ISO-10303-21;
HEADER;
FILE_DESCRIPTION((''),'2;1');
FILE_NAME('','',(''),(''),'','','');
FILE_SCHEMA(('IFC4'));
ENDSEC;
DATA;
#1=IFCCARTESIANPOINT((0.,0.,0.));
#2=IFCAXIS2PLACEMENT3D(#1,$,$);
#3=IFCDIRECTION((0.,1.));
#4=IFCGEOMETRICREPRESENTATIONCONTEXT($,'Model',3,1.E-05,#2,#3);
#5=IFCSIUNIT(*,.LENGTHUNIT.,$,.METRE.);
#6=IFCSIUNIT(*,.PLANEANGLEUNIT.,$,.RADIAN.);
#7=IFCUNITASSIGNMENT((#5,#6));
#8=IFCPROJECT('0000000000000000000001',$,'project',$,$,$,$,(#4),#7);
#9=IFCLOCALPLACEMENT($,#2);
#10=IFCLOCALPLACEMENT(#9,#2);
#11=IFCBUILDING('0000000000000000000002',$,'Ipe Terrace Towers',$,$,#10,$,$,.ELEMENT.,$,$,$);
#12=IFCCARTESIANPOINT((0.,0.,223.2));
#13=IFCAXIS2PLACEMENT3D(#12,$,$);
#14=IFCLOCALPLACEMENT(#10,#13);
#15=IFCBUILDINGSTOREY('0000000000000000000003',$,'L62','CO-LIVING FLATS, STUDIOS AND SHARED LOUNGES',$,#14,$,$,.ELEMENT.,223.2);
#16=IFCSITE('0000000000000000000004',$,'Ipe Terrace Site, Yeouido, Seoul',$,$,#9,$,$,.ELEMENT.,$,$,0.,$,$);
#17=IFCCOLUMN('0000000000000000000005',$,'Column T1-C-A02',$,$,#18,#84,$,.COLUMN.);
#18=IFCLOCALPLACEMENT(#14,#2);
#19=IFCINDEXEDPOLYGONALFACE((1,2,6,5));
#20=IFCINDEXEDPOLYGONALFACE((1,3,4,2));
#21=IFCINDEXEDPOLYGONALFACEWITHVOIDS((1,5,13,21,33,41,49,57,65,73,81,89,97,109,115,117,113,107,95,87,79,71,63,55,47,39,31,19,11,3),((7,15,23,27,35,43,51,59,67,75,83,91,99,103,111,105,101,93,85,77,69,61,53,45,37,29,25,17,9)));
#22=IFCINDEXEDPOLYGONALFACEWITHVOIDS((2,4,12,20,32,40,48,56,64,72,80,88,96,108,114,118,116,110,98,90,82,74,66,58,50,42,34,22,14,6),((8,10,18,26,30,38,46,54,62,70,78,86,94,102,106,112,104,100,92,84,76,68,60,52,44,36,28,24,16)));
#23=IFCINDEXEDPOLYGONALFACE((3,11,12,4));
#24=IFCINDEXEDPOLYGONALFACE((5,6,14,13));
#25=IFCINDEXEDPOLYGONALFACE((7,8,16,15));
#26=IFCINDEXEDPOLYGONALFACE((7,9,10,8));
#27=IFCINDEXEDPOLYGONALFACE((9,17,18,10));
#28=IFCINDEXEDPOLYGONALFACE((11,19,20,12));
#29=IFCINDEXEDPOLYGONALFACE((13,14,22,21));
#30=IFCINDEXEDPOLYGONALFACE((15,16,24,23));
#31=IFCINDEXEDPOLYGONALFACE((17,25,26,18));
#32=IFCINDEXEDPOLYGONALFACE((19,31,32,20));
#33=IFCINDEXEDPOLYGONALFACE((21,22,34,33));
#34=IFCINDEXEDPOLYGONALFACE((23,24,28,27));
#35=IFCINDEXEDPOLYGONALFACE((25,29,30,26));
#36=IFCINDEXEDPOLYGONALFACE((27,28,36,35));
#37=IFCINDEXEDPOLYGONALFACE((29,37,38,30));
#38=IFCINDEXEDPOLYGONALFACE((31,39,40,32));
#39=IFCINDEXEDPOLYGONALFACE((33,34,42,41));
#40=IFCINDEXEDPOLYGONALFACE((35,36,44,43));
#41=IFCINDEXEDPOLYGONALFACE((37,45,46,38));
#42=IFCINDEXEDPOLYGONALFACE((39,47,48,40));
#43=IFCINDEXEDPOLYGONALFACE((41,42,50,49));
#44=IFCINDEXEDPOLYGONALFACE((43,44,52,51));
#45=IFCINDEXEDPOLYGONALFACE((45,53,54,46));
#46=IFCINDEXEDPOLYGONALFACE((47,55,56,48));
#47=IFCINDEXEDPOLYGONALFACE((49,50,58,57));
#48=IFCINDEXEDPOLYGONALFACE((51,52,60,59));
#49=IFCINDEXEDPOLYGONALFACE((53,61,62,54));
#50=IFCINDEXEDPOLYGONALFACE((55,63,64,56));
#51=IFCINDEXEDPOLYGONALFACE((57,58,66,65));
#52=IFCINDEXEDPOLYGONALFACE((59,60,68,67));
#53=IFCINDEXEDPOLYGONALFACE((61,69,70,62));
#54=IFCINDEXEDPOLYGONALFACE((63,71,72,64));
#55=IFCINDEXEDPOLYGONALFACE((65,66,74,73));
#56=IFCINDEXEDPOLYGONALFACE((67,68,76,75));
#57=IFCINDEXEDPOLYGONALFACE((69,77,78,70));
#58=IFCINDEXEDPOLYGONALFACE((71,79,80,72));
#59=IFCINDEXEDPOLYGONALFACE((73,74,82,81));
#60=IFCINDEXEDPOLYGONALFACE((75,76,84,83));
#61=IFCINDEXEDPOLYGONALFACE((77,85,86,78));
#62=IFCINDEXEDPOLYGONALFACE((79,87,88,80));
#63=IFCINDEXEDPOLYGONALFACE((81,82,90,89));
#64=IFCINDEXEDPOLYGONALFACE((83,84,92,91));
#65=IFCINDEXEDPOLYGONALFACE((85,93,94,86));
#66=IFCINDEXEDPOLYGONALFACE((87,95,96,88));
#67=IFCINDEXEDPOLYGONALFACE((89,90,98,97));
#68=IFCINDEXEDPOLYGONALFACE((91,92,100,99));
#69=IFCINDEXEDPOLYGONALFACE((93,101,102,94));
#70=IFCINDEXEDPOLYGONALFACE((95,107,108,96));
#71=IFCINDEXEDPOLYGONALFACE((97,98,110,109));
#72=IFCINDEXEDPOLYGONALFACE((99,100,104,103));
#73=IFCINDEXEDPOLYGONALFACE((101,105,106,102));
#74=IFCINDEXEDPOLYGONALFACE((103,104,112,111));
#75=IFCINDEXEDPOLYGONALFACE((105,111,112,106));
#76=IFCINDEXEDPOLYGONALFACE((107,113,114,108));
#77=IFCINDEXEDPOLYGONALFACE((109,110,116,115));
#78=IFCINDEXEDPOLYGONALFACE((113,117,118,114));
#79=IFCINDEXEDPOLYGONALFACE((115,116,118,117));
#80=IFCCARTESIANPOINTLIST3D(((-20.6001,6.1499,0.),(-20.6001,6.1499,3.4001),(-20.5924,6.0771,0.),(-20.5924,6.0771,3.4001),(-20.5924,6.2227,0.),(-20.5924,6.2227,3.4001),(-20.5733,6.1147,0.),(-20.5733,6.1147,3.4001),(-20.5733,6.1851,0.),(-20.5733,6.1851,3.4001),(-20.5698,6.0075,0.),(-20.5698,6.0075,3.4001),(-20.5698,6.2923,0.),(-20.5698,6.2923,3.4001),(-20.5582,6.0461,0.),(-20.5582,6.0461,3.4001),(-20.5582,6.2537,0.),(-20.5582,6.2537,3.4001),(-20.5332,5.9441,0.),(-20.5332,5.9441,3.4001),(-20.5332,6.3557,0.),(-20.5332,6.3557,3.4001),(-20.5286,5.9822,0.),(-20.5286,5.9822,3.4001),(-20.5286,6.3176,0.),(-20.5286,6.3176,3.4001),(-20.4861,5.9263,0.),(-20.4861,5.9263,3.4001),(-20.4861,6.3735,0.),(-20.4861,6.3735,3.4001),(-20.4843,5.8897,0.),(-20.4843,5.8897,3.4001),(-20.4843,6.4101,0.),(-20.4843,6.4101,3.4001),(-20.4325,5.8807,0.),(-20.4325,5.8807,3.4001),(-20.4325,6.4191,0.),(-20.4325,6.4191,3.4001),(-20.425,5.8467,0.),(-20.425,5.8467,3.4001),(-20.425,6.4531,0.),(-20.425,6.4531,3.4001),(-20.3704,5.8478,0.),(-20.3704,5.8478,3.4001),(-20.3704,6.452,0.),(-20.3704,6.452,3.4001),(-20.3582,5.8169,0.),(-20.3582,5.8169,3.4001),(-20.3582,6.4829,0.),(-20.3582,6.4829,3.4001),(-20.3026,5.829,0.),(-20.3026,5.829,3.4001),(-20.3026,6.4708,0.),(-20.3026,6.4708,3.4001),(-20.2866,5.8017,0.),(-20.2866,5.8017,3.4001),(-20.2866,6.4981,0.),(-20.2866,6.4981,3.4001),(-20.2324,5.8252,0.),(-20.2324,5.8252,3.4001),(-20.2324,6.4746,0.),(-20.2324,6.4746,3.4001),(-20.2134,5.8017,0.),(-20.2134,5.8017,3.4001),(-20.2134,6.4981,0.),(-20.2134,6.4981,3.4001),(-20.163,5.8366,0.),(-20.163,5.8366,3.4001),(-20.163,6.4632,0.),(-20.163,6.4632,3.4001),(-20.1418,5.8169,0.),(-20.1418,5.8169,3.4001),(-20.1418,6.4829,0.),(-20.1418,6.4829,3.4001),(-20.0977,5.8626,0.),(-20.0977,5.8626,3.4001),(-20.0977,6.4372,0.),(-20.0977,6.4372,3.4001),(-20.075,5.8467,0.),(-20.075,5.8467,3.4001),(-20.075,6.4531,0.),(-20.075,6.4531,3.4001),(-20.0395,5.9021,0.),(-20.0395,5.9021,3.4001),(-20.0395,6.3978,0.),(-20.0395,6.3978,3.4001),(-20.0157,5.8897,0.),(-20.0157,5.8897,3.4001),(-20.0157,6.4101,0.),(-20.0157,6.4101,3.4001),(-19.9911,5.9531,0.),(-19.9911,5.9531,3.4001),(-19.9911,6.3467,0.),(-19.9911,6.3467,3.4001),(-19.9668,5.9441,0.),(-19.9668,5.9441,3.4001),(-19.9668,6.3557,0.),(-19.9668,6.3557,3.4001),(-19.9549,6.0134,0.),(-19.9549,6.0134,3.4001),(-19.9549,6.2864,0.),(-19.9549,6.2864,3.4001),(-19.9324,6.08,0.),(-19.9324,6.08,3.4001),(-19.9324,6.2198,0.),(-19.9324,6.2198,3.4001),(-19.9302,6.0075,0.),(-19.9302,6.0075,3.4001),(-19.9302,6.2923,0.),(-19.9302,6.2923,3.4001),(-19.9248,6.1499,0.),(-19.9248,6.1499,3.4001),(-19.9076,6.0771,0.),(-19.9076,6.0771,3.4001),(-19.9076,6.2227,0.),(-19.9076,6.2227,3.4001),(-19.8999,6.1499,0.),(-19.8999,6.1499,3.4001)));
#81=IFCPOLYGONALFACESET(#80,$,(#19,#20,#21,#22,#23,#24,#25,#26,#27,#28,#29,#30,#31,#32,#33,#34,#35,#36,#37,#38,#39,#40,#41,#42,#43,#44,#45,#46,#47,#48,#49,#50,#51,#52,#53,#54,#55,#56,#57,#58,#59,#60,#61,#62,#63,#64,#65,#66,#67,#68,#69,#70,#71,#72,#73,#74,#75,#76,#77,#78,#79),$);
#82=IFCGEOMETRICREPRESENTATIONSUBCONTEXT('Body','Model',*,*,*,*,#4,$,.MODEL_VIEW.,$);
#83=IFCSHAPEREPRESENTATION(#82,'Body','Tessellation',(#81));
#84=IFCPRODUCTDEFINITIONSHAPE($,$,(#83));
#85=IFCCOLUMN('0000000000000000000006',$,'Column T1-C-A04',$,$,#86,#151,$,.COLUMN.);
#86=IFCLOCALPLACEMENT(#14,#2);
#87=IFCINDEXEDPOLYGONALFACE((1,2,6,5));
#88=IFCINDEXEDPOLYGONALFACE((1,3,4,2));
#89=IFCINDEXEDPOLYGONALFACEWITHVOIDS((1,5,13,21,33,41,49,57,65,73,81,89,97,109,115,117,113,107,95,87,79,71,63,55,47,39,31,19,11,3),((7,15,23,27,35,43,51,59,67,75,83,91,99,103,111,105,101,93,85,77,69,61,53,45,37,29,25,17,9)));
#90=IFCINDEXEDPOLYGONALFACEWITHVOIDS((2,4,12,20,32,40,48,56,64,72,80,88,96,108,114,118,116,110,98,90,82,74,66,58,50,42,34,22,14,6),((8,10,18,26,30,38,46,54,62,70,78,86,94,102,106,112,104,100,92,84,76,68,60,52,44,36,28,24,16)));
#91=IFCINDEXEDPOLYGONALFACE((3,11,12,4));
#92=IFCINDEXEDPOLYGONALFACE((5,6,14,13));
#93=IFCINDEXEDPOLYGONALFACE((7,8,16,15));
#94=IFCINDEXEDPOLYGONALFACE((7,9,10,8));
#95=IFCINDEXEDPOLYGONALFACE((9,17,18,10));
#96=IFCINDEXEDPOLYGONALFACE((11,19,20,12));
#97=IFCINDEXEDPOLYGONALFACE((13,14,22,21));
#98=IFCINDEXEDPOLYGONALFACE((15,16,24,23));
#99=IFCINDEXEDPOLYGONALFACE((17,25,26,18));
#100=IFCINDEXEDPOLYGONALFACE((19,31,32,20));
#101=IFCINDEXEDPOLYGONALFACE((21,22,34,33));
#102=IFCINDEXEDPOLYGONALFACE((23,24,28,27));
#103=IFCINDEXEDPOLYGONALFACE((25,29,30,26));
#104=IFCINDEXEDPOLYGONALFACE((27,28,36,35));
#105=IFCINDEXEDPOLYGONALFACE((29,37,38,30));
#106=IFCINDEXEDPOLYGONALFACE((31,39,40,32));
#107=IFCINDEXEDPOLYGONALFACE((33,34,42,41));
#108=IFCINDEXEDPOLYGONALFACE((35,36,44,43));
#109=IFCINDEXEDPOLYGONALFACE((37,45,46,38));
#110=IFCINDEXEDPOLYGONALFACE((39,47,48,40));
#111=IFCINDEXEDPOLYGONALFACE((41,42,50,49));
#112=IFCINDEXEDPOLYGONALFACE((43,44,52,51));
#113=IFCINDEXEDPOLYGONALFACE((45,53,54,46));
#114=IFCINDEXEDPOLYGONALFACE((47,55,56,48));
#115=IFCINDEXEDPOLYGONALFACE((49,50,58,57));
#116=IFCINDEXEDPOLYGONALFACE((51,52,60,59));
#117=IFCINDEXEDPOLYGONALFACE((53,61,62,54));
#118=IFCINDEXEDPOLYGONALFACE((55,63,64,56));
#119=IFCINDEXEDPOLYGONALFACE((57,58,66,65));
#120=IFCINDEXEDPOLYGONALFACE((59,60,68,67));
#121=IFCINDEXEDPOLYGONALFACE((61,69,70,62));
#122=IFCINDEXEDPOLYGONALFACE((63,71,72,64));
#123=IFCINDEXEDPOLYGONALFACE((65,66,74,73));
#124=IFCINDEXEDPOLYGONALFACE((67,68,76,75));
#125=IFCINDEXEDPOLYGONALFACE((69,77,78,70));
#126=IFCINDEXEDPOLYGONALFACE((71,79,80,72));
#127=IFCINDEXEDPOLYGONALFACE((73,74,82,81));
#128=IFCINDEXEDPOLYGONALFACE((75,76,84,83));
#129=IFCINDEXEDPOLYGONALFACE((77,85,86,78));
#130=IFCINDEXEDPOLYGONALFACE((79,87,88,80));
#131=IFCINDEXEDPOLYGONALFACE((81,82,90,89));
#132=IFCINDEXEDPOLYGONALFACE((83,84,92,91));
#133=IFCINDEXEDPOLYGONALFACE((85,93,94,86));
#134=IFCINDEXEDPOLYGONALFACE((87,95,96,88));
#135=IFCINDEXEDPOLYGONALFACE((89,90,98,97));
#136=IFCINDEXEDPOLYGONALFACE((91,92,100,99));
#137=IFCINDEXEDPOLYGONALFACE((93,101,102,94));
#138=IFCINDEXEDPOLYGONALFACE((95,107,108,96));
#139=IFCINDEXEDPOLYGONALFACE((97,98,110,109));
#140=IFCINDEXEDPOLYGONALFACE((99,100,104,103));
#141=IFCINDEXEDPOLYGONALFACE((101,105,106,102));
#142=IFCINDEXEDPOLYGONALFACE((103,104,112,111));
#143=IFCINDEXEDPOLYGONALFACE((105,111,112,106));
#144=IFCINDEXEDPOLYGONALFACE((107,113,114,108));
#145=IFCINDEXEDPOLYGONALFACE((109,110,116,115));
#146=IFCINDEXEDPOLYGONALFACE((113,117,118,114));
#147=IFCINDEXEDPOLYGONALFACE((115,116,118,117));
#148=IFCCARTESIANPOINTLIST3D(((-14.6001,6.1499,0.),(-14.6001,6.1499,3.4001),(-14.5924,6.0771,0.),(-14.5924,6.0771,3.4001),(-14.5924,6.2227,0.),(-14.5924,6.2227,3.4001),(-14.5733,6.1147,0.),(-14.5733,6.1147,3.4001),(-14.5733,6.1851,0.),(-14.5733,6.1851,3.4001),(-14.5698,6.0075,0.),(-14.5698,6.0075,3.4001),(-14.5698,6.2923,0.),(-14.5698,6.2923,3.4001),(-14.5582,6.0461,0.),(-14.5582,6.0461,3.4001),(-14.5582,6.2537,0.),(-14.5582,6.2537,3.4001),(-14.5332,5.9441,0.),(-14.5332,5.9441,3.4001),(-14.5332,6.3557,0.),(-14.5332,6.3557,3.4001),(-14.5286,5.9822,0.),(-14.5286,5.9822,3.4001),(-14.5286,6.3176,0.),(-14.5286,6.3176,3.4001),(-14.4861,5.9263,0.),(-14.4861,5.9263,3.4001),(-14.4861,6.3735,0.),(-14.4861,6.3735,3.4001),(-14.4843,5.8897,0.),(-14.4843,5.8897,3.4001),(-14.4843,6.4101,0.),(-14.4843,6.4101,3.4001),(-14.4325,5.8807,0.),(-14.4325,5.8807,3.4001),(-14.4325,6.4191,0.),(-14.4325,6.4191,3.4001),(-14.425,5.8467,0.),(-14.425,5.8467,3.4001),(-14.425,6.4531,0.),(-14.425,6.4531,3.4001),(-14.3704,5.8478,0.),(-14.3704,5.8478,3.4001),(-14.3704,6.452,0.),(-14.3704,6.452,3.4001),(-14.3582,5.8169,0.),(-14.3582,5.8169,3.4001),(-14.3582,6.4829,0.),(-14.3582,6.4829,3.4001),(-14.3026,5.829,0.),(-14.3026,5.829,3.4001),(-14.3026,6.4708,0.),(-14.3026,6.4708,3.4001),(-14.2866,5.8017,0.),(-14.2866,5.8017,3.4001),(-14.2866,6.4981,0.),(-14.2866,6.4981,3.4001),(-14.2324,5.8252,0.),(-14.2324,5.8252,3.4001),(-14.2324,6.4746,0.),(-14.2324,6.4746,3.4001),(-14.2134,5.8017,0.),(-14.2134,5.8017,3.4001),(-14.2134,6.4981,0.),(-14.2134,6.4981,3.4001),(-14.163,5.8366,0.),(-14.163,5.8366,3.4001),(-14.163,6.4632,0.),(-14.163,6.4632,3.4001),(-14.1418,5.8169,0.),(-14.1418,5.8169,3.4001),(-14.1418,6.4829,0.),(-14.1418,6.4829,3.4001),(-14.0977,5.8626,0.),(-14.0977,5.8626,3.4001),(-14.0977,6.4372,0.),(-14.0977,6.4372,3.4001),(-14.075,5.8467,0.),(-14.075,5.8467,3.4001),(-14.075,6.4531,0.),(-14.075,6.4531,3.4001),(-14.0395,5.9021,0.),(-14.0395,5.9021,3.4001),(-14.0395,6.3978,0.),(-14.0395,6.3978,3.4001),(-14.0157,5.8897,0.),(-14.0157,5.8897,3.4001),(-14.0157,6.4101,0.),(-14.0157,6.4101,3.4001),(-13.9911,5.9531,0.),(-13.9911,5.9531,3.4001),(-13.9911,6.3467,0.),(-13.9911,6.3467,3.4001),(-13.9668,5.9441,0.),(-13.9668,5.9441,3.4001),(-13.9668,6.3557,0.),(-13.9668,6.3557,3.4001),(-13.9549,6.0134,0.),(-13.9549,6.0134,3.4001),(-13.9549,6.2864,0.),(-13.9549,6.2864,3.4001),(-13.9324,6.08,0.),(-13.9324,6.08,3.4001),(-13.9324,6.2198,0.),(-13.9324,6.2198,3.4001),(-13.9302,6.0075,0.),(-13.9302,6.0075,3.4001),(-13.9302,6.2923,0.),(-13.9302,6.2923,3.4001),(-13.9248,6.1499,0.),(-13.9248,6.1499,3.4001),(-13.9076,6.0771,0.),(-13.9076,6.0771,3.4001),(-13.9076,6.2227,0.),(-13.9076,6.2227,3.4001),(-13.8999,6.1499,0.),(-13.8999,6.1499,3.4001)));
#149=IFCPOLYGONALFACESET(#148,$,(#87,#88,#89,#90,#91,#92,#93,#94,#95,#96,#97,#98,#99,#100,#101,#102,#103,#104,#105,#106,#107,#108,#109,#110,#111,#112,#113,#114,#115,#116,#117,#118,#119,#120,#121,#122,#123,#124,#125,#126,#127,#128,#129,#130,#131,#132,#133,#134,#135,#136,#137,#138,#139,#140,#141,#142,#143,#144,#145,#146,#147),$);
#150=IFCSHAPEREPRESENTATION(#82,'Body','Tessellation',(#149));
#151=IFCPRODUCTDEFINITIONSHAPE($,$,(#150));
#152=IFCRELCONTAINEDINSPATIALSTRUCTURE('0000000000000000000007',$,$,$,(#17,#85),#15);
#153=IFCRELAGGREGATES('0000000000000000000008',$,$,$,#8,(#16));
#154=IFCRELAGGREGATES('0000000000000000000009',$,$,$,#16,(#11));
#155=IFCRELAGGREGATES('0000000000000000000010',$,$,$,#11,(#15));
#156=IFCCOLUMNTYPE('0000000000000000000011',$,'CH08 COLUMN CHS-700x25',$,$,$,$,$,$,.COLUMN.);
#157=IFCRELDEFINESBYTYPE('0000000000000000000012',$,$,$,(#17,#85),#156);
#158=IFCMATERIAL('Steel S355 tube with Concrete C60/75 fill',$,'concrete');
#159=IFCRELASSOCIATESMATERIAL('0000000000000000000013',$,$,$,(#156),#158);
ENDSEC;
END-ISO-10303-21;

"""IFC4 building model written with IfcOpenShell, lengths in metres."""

from ifc_helpers import new_model, si_unit, direction, frame, origin, origin_2d, place, context, subcontext, project, spatial, hollow_circle, extrude, material, material_profile, profile_set, type_object, element, save


model = new_model("IFC4")

# Units and contexts
model_context = context("Model", 3, precision=1e-05, world=origin(), true_north=direction((0.0, 1.0)))
body_context = subcontext(model_context, "Body", "Model", "MODEL_VIEW")
ifc_project = project(units=[si_unit("LENGTHUNIT", "METRE"), si_unit("PLANEANGLEUNIT", "RADIAN")], contexts=[model_context])

# Site, building, storey
site_placement = place(None, origin())
site = spatial("IfcSite", under=ifc_project, at=site_placement, Name="Ipe Terrace Site, Yeouido, Seoul", CompositionType="ELEMENT", RefElevation=0.0)
building_placement = place(site_placement, origin())
building = spatial("IfcBuilding", under=site, at=building_placement, Name="Ipe Terrace Towers", CompositionType="ELEMENT")
storey_placement = place(building_placement, frame((0.0, 0.0, 223.2)))
storey = spatial("IfcBuildingStorey", under=building, at=storey_placement, Name="L62", Description="CO-LIVING FLATS, STUDIOS AND SHARED LOUNGES", CompositionType="ELEMENT", Elevation=223.2)

# Columns
ifc_material_1 = material(Name="Steel S355 tube with Concrete C60/75 fill", Category="concrete")
ifc_material_profile_1 = material_profile(ifc_material_1, hollow_circle(Radius=0.3501, WallThickness=0.0249, at=origin_2d()), Name="CHS-700x25")
ifc_profile_set_1 = profile_set([ifc_material_profile_1], Name="Steel S355 tube with Concrete C60/75 fill")
column_type = type_object("IfcColumnType", Name="CH08 COLUMN CHS-700x25", PredefinedType="COLUMN", material=ifc_profile_set_1)
for number, where, z_axis, x_axis, name in (
    (1, (-20.25, 6.1499, 0.0), (0.0, 0.0, 1.0), (1.0, 0.0, 0.0), "Column T1-C-A02"),
    (2, (-14.25, 6.1499, 0.0), (0.0, 0.0, 1.0), (1.0, 0.0, 0.0), "Column T1-C-A04"),
):
    element("IfcColumn", number, at=place(storey_placement, frame(where, z_axis=z_axis, x_axis=x_axis)), inside=storey, type_object=column_type, Name=name, PredefinedType="COLUMN", context=body_context, shape_type="SweptSolid", body=[
        extrude(hollow_circle(Radius=0.3501, WallThickness=0.0249, at=origin_2d()), origin(), (0.0, 0.0, 1.0), 3.4001),
    ])

save(model, "model.ifc")
